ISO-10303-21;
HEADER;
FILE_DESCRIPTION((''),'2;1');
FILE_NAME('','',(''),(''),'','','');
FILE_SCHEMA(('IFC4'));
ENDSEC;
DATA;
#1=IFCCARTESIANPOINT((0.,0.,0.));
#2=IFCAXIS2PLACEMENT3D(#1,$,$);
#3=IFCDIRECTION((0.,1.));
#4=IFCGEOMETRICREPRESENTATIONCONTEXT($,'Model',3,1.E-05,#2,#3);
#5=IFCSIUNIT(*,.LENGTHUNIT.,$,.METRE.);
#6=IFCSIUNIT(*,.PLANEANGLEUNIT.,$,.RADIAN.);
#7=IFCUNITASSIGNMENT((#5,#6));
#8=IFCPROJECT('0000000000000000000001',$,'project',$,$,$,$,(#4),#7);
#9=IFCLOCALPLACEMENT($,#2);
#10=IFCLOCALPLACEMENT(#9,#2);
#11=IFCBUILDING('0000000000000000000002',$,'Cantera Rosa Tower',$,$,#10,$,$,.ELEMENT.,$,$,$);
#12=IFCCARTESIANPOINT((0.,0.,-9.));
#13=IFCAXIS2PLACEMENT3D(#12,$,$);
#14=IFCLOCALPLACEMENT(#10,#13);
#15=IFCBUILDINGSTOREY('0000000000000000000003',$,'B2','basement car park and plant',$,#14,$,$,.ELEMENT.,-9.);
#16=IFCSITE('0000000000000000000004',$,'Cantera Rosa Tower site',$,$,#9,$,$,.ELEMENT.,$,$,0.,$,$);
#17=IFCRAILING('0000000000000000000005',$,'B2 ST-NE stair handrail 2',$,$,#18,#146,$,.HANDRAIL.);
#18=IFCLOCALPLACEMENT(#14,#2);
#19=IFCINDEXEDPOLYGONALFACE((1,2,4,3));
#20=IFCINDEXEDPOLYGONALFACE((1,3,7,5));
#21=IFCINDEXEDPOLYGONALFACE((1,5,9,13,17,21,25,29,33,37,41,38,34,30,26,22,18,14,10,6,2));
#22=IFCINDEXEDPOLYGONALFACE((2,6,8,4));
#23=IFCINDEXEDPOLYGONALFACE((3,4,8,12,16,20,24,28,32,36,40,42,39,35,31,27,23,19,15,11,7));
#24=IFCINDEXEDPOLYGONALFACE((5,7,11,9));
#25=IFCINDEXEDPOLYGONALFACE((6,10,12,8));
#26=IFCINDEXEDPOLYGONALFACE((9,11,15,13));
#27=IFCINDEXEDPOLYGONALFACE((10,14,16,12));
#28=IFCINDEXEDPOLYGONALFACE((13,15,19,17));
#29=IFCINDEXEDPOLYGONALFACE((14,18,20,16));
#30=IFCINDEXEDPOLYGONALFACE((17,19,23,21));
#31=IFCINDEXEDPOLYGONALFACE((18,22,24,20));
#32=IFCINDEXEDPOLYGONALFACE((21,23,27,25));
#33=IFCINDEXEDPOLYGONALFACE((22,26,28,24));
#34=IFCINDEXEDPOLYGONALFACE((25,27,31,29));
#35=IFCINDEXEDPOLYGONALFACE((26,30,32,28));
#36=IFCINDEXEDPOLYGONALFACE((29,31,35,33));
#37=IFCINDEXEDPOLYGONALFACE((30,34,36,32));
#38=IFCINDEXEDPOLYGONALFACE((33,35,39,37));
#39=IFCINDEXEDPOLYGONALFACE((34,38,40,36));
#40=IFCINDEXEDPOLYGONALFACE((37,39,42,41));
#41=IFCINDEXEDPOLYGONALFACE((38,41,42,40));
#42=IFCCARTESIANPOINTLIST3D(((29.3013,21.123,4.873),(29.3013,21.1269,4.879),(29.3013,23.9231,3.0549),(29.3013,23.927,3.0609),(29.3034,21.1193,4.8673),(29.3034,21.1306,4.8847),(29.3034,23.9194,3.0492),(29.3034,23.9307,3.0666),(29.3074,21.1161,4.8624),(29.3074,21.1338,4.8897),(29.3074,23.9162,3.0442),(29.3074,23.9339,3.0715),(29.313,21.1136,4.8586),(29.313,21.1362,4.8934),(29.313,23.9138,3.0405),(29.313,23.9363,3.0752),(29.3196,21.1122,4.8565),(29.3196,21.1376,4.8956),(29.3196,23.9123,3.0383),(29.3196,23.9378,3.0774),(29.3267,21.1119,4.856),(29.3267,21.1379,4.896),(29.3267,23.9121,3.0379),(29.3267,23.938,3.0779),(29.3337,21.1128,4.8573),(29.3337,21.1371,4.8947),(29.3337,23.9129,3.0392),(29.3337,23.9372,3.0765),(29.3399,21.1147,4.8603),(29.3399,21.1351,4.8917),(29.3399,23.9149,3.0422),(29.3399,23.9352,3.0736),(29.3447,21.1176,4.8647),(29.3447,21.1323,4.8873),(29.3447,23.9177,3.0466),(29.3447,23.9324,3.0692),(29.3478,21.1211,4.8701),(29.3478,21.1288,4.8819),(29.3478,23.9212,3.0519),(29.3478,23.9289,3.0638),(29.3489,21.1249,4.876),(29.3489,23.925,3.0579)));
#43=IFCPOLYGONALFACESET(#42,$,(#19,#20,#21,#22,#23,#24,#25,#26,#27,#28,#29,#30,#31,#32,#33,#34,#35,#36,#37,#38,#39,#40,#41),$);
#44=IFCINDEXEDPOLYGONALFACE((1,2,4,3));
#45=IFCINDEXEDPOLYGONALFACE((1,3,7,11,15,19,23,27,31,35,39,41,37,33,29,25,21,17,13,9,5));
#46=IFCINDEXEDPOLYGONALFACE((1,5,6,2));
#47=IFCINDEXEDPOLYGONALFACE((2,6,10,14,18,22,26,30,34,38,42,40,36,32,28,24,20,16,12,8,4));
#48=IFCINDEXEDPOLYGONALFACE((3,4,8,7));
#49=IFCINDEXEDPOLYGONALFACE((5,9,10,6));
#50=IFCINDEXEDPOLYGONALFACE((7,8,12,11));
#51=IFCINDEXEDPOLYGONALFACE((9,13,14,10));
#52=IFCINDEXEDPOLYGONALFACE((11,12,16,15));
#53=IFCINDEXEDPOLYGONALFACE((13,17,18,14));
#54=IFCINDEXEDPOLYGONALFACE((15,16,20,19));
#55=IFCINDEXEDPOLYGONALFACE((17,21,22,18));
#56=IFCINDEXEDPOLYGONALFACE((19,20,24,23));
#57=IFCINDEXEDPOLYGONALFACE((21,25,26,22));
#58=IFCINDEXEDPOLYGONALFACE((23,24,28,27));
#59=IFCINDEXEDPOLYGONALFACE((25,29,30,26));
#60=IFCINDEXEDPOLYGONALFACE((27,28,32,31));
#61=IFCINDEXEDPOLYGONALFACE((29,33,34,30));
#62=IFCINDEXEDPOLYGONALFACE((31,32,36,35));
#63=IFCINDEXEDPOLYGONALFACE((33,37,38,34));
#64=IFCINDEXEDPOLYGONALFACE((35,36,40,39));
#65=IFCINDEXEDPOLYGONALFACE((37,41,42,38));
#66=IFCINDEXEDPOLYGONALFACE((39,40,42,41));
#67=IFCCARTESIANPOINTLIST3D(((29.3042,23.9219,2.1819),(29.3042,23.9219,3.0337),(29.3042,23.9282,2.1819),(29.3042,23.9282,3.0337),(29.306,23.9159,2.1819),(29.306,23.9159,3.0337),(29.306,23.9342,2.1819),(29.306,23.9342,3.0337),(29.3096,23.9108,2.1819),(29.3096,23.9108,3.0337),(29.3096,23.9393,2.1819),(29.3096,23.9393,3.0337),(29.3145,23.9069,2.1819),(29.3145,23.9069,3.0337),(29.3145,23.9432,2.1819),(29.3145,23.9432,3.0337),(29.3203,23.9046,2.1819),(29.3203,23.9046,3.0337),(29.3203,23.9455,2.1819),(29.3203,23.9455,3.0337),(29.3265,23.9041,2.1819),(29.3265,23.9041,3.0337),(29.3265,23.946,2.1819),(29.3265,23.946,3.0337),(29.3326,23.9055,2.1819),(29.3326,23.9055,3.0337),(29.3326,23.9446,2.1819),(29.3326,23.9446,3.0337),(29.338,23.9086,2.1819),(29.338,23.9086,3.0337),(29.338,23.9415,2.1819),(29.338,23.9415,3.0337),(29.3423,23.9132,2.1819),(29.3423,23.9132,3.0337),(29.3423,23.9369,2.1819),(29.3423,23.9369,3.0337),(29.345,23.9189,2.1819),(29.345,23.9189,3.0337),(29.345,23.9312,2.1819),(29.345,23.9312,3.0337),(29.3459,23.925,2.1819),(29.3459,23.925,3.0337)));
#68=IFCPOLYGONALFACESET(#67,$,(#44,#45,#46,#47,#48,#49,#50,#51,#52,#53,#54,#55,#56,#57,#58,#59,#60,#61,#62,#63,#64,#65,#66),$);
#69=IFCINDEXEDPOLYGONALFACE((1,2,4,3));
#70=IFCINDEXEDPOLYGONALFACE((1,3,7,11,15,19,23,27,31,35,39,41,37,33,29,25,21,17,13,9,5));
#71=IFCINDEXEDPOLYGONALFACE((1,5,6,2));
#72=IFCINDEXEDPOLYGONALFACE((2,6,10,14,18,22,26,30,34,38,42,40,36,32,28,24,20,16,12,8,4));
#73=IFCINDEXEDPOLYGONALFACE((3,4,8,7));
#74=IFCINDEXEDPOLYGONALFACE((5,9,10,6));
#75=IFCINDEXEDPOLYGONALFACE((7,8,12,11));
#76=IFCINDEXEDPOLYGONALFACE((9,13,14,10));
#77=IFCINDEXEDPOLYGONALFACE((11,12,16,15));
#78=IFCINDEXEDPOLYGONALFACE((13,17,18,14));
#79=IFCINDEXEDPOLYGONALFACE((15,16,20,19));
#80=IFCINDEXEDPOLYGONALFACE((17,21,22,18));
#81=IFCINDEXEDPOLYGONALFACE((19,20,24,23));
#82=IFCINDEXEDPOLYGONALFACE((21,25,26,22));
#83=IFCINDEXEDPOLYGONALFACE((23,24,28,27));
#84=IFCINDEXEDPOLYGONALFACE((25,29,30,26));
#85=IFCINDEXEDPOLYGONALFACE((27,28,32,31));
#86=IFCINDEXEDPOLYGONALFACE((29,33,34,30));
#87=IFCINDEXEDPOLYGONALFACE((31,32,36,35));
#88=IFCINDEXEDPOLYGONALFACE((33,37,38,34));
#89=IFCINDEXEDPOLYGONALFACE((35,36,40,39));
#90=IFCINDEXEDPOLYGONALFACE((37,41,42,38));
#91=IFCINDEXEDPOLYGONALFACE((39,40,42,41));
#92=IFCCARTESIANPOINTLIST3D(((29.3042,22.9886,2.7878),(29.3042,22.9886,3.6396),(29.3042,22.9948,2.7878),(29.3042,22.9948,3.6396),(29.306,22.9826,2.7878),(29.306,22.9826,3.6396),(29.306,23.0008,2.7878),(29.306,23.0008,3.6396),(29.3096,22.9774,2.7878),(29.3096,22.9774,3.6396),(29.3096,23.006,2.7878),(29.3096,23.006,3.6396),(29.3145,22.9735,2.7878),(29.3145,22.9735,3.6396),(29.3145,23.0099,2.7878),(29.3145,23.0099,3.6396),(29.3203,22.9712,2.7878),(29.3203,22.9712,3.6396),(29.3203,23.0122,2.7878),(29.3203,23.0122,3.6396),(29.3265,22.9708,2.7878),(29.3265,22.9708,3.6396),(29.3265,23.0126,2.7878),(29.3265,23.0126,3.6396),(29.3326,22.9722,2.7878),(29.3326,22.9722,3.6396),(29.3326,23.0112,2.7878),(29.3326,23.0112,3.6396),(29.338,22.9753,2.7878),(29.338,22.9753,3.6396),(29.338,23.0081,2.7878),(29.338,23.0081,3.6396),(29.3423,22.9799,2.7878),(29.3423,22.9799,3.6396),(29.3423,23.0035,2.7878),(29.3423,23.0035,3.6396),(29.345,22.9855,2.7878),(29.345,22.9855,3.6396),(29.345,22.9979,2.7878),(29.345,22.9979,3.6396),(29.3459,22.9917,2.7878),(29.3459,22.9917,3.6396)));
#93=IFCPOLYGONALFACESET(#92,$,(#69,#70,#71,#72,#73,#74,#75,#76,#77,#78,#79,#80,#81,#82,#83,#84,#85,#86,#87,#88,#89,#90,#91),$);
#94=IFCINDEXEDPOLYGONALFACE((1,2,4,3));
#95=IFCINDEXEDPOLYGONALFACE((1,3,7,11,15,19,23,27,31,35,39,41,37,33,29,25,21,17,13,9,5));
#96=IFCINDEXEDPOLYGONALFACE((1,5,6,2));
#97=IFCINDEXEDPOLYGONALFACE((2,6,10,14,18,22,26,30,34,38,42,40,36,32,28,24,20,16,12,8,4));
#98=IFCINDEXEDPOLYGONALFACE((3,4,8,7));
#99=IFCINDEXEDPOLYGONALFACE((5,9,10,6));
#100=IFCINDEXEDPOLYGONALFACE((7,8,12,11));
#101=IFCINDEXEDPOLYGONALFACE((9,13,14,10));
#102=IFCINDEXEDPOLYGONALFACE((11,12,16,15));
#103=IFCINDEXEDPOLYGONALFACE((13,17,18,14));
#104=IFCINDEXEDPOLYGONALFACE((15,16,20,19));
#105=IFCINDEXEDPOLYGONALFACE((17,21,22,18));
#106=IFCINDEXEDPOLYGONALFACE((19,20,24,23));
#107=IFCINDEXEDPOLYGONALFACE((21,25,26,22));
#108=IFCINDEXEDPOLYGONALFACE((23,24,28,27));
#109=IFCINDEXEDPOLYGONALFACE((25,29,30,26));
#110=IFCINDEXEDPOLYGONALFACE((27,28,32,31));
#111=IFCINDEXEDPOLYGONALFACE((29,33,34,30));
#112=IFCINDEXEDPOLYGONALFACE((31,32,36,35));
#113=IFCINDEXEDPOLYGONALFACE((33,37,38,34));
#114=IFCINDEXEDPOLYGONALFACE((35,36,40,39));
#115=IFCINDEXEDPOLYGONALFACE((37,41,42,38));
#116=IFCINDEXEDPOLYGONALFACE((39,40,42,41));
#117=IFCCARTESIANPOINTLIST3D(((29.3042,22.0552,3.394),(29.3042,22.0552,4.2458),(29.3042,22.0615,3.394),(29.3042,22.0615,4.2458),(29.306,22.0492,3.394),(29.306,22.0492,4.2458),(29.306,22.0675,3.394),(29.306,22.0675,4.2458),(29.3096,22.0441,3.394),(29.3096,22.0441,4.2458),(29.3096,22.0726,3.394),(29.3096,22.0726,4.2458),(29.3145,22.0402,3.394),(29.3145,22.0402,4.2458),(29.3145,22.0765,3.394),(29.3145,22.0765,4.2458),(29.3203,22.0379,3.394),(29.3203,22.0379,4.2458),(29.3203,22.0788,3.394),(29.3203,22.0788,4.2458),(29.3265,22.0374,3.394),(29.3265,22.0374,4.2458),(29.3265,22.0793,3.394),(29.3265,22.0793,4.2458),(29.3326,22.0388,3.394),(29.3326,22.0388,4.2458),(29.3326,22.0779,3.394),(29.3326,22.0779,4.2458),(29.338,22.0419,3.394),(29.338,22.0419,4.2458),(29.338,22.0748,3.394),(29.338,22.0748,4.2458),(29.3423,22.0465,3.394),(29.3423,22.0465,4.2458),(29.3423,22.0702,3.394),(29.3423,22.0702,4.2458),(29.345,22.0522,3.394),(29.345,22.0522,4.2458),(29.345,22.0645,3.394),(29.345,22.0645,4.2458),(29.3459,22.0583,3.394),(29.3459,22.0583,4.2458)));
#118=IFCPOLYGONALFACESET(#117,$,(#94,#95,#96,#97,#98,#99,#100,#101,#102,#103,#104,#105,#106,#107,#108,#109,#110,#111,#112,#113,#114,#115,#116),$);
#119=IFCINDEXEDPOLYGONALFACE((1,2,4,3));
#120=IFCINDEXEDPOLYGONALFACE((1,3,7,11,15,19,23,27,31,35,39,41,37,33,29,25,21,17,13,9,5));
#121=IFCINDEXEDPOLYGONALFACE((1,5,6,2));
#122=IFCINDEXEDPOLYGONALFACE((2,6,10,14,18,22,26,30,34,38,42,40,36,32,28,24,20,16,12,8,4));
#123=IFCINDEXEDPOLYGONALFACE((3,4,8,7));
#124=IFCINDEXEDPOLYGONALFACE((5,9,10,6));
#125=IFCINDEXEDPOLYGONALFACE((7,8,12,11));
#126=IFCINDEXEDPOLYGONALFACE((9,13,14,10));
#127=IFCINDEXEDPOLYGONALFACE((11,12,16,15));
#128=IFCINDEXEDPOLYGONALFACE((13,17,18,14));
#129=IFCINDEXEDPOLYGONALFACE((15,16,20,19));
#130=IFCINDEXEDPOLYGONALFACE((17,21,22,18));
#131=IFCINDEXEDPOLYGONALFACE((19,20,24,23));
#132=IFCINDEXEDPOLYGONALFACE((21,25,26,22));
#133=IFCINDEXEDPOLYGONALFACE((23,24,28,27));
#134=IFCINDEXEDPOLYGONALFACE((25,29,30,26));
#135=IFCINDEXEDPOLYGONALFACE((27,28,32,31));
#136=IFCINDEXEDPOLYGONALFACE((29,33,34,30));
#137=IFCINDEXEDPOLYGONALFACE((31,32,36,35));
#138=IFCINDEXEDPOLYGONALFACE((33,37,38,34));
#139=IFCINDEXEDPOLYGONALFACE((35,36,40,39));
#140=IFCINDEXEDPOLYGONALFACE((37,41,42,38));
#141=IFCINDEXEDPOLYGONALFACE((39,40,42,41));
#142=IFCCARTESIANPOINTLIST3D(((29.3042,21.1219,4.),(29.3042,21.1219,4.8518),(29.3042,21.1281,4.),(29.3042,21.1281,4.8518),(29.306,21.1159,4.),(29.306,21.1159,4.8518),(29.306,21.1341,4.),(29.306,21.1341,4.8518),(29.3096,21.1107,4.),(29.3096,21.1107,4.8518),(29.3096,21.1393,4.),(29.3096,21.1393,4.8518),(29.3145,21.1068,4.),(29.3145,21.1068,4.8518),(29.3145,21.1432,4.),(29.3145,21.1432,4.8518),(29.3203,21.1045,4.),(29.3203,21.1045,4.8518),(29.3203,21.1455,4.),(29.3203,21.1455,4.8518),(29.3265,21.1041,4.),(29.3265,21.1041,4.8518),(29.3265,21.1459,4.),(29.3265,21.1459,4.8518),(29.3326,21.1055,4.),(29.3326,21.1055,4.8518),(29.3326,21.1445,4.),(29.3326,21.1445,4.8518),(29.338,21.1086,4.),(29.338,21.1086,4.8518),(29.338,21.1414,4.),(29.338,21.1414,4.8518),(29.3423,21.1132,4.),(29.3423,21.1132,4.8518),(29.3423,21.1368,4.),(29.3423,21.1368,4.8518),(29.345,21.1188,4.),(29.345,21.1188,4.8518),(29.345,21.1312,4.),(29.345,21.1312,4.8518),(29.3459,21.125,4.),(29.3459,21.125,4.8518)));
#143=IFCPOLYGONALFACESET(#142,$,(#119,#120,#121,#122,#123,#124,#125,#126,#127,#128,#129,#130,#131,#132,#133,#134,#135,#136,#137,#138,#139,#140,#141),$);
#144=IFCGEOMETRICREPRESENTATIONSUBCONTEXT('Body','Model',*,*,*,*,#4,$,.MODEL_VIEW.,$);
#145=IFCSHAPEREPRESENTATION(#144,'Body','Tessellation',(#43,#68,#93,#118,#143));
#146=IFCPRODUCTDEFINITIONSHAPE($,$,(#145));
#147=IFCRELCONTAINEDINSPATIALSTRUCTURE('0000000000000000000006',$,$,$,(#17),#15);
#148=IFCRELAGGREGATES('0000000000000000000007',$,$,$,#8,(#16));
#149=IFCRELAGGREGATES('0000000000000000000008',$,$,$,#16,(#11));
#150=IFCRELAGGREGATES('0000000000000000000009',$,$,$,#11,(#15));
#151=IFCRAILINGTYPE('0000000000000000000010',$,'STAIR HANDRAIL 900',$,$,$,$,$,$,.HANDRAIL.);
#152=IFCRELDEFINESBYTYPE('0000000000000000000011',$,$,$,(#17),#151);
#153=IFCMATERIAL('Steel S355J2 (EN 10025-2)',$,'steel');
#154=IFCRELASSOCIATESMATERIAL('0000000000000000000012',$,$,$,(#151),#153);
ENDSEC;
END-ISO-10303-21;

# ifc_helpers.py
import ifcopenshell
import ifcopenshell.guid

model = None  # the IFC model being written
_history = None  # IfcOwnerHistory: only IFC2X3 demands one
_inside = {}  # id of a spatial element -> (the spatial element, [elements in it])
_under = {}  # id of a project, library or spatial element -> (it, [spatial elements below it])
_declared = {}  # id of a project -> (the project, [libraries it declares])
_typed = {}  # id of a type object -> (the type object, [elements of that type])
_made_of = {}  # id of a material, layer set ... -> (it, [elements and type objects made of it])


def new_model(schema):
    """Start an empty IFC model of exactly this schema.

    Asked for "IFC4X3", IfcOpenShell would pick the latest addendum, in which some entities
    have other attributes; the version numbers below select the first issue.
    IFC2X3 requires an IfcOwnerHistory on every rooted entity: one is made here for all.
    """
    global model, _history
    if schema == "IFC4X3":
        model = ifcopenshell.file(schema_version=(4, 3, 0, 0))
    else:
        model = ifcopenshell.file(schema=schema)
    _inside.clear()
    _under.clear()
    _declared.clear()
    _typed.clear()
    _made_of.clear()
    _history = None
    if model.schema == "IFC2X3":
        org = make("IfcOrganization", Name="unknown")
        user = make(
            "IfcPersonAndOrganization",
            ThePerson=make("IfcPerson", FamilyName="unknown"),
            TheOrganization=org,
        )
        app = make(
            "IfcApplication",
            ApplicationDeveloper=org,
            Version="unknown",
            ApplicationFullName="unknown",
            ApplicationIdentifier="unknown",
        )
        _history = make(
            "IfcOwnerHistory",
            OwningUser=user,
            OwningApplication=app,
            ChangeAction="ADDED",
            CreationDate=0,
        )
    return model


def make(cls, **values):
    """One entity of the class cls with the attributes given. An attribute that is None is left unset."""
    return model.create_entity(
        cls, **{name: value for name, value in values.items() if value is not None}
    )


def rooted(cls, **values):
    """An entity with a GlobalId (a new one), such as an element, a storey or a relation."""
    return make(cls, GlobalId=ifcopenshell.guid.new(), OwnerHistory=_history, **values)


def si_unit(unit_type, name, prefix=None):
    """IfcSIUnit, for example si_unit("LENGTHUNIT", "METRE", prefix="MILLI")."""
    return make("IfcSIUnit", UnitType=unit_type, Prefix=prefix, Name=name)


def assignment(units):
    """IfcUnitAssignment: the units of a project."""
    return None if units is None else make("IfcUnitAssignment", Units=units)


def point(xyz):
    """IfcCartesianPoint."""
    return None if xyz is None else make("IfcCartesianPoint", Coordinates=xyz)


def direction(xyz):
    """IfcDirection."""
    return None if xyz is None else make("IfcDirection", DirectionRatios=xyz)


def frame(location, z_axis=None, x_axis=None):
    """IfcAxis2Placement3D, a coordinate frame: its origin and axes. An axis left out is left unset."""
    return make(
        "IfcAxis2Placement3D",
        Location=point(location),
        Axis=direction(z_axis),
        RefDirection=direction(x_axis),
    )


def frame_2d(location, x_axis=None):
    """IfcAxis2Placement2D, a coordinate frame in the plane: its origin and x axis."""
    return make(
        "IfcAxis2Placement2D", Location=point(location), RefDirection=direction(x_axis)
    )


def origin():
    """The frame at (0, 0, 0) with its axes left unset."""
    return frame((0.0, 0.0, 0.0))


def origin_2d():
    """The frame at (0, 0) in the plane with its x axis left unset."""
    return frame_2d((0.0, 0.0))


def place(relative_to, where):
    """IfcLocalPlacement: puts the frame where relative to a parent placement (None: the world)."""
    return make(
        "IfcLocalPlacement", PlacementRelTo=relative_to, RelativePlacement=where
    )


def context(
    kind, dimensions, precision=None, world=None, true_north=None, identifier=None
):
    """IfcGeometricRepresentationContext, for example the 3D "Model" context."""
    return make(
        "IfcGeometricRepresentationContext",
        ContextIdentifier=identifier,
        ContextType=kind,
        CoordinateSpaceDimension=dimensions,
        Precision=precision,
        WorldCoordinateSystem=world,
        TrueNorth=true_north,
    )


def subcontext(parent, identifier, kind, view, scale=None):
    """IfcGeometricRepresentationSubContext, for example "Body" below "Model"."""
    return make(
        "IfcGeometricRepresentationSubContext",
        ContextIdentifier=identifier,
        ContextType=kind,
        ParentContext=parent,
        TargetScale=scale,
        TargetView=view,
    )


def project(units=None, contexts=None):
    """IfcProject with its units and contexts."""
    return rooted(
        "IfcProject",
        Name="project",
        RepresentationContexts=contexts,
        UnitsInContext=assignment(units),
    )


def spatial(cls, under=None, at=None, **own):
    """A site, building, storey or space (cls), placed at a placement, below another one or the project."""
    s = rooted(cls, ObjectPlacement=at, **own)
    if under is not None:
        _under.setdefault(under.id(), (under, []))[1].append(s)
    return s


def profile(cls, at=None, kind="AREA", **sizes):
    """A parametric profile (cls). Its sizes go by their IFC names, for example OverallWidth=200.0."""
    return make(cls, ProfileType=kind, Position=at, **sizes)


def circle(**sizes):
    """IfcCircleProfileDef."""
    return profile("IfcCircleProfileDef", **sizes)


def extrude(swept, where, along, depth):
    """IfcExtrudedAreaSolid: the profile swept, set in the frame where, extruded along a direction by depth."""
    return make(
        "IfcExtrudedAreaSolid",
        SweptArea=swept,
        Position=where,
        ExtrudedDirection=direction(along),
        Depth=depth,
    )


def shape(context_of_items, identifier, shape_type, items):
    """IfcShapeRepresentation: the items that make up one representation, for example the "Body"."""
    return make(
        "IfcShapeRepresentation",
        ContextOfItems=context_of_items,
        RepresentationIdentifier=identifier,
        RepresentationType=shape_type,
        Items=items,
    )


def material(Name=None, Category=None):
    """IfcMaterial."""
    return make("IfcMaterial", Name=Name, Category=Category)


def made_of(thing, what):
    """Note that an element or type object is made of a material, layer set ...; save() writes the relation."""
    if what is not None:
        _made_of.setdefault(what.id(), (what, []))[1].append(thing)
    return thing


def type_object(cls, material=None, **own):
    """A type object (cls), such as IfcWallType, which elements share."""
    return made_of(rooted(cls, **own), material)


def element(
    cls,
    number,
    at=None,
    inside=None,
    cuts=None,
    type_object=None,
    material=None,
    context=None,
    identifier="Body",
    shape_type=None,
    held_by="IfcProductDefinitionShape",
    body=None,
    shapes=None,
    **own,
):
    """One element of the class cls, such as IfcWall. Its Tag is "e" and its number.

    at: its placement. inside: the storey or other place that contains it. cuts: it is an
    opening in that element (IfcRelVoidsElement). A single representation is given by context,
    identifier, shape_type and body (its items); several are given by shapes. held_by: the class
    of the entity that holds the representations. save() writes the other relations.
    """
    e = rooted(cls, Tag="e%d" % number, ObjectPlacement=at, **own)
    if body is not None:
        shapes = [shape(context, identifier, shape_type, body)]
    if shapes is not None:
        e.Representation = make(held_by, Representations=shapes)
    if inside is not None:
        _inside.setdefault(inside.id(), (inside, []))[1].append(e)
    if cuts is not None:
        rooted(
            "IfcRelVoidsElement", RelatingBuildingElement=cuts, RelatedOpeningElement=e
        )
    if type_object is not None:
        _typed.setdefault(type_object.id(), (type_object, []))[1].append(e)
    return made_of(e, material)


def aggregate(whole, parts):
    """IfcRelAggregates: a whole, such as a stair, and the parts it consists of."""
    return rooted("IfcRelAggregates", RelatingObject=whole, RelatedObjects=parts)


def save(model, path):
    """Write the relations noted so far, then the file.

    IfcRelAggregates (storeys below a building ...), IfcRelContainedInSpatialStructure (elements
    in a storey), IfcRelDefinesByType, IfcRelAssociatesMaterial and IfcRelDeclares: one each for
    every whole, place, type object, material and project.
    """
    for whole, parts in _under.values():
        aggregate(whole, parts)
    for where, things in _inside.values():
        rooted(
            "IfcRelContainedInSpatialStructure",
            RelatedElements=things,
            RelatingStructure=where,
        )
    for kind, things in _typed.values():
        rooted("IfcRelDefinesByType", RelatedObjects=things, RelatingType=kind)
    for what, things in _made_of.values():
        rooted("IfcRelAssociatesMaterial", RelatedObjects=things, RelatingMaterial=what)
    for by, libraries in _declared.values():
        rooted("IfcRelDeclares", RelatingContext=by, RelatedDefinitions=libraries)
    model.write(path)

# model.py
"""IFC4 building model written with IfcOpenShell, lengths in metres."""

from ifc_helpers import new_model, si_unit, direction, frame, origin, origin_2d, place, context, subcontext, project, spatial, circle, extrude, material, type_object, element, save


model = new_model("IFC4")

# Units and contexts
model_context = context("Model", 3, precision=1e-05, world=origin(), true_north=direction((0.0, 1.0)))
body_context = subcontext(model_context, "Body", "Model", "MODEL_VIEW")
ifc_project = project(units=[si_unit("LENGTHUNIT", "METRE"), si_unit("PLANEANGLEUNIT", "RADIAN")], contexts=[model_context])

# Site, building, storey
site_placement = place(None, origin())
site = spatial("IfcSite", under=ifc_project, at=site_placement, Name="Cantera Rosa Tower site", CompositionType="ELEMENT", RefElevation=0.0)
building_placement = place(site_placement, origin())
building = spatial("IfcBuilding", under=site, at=building_placement, Name="Cantera Rosa Tower", CompositionType="ELEMENT")
storey_placement = place(building_placement, frame((0.0, 0.0, -9.0)))
storey = spatial("IfcBuildingStorey", under=building, at=storey_placement, Name="B2", Description="basement car park and plant", CompositionType="ELEMENT", Elevation=-9.0)

# Railing
ifc_material_1 = material(Name="Steel S355J2 (EN 10025-2)", Category="steel")
railing_type_1 = type_object("IfcRailingType", Name="STAIR HANDRAIL 900", PredefinedType="HANDRAIL", material=ifc_material_1)
railing_1_placement = place(storey_placement, frame((29.325, 23.925, 2.1819)))
element("IfcRailing", 1, at=railing_1_placement, inside=storey, type_object=railing_type_1, Name="B2 ST-NE stair handrail 2", PredefinedType="HANDRAIL", context=body_context, shape_type="SweptSolid", body=[
    extrude(circle(Radius=0.0239, at=origin_2d()), frame((0.0, 0.0, 0.876), z_axis=(0.0, -0.838706, 0.544585), x_axis=(1.0, 0.0, 0.0)), (0.0, 0.0, 1.0), 3.3386),
    extrude(circle(Radius=0.021, at=origin_2d()), origin(), (0.0, 0.0, 1.0), 0.8518),
    extrude(circle(Radius=0.021, at=origin_2d()), frame((0.0, -0.9333, 0.606)), (0.0, 0.0, 1.0), 0.8518),
    extrude(circle(Radius=0.021, at=origin_2d()), frame((0.0, -1.8667, 1.2122)), (0.0, 0.0, 1.0), 0.8518),
    extrude(circle(Radius=0.021, at=origin_2d()), frame((0.0, -2.8, 1.8181)), (0.0, 0.0, 1.0), 0.8518),
])

save(model, "model.ifc")
